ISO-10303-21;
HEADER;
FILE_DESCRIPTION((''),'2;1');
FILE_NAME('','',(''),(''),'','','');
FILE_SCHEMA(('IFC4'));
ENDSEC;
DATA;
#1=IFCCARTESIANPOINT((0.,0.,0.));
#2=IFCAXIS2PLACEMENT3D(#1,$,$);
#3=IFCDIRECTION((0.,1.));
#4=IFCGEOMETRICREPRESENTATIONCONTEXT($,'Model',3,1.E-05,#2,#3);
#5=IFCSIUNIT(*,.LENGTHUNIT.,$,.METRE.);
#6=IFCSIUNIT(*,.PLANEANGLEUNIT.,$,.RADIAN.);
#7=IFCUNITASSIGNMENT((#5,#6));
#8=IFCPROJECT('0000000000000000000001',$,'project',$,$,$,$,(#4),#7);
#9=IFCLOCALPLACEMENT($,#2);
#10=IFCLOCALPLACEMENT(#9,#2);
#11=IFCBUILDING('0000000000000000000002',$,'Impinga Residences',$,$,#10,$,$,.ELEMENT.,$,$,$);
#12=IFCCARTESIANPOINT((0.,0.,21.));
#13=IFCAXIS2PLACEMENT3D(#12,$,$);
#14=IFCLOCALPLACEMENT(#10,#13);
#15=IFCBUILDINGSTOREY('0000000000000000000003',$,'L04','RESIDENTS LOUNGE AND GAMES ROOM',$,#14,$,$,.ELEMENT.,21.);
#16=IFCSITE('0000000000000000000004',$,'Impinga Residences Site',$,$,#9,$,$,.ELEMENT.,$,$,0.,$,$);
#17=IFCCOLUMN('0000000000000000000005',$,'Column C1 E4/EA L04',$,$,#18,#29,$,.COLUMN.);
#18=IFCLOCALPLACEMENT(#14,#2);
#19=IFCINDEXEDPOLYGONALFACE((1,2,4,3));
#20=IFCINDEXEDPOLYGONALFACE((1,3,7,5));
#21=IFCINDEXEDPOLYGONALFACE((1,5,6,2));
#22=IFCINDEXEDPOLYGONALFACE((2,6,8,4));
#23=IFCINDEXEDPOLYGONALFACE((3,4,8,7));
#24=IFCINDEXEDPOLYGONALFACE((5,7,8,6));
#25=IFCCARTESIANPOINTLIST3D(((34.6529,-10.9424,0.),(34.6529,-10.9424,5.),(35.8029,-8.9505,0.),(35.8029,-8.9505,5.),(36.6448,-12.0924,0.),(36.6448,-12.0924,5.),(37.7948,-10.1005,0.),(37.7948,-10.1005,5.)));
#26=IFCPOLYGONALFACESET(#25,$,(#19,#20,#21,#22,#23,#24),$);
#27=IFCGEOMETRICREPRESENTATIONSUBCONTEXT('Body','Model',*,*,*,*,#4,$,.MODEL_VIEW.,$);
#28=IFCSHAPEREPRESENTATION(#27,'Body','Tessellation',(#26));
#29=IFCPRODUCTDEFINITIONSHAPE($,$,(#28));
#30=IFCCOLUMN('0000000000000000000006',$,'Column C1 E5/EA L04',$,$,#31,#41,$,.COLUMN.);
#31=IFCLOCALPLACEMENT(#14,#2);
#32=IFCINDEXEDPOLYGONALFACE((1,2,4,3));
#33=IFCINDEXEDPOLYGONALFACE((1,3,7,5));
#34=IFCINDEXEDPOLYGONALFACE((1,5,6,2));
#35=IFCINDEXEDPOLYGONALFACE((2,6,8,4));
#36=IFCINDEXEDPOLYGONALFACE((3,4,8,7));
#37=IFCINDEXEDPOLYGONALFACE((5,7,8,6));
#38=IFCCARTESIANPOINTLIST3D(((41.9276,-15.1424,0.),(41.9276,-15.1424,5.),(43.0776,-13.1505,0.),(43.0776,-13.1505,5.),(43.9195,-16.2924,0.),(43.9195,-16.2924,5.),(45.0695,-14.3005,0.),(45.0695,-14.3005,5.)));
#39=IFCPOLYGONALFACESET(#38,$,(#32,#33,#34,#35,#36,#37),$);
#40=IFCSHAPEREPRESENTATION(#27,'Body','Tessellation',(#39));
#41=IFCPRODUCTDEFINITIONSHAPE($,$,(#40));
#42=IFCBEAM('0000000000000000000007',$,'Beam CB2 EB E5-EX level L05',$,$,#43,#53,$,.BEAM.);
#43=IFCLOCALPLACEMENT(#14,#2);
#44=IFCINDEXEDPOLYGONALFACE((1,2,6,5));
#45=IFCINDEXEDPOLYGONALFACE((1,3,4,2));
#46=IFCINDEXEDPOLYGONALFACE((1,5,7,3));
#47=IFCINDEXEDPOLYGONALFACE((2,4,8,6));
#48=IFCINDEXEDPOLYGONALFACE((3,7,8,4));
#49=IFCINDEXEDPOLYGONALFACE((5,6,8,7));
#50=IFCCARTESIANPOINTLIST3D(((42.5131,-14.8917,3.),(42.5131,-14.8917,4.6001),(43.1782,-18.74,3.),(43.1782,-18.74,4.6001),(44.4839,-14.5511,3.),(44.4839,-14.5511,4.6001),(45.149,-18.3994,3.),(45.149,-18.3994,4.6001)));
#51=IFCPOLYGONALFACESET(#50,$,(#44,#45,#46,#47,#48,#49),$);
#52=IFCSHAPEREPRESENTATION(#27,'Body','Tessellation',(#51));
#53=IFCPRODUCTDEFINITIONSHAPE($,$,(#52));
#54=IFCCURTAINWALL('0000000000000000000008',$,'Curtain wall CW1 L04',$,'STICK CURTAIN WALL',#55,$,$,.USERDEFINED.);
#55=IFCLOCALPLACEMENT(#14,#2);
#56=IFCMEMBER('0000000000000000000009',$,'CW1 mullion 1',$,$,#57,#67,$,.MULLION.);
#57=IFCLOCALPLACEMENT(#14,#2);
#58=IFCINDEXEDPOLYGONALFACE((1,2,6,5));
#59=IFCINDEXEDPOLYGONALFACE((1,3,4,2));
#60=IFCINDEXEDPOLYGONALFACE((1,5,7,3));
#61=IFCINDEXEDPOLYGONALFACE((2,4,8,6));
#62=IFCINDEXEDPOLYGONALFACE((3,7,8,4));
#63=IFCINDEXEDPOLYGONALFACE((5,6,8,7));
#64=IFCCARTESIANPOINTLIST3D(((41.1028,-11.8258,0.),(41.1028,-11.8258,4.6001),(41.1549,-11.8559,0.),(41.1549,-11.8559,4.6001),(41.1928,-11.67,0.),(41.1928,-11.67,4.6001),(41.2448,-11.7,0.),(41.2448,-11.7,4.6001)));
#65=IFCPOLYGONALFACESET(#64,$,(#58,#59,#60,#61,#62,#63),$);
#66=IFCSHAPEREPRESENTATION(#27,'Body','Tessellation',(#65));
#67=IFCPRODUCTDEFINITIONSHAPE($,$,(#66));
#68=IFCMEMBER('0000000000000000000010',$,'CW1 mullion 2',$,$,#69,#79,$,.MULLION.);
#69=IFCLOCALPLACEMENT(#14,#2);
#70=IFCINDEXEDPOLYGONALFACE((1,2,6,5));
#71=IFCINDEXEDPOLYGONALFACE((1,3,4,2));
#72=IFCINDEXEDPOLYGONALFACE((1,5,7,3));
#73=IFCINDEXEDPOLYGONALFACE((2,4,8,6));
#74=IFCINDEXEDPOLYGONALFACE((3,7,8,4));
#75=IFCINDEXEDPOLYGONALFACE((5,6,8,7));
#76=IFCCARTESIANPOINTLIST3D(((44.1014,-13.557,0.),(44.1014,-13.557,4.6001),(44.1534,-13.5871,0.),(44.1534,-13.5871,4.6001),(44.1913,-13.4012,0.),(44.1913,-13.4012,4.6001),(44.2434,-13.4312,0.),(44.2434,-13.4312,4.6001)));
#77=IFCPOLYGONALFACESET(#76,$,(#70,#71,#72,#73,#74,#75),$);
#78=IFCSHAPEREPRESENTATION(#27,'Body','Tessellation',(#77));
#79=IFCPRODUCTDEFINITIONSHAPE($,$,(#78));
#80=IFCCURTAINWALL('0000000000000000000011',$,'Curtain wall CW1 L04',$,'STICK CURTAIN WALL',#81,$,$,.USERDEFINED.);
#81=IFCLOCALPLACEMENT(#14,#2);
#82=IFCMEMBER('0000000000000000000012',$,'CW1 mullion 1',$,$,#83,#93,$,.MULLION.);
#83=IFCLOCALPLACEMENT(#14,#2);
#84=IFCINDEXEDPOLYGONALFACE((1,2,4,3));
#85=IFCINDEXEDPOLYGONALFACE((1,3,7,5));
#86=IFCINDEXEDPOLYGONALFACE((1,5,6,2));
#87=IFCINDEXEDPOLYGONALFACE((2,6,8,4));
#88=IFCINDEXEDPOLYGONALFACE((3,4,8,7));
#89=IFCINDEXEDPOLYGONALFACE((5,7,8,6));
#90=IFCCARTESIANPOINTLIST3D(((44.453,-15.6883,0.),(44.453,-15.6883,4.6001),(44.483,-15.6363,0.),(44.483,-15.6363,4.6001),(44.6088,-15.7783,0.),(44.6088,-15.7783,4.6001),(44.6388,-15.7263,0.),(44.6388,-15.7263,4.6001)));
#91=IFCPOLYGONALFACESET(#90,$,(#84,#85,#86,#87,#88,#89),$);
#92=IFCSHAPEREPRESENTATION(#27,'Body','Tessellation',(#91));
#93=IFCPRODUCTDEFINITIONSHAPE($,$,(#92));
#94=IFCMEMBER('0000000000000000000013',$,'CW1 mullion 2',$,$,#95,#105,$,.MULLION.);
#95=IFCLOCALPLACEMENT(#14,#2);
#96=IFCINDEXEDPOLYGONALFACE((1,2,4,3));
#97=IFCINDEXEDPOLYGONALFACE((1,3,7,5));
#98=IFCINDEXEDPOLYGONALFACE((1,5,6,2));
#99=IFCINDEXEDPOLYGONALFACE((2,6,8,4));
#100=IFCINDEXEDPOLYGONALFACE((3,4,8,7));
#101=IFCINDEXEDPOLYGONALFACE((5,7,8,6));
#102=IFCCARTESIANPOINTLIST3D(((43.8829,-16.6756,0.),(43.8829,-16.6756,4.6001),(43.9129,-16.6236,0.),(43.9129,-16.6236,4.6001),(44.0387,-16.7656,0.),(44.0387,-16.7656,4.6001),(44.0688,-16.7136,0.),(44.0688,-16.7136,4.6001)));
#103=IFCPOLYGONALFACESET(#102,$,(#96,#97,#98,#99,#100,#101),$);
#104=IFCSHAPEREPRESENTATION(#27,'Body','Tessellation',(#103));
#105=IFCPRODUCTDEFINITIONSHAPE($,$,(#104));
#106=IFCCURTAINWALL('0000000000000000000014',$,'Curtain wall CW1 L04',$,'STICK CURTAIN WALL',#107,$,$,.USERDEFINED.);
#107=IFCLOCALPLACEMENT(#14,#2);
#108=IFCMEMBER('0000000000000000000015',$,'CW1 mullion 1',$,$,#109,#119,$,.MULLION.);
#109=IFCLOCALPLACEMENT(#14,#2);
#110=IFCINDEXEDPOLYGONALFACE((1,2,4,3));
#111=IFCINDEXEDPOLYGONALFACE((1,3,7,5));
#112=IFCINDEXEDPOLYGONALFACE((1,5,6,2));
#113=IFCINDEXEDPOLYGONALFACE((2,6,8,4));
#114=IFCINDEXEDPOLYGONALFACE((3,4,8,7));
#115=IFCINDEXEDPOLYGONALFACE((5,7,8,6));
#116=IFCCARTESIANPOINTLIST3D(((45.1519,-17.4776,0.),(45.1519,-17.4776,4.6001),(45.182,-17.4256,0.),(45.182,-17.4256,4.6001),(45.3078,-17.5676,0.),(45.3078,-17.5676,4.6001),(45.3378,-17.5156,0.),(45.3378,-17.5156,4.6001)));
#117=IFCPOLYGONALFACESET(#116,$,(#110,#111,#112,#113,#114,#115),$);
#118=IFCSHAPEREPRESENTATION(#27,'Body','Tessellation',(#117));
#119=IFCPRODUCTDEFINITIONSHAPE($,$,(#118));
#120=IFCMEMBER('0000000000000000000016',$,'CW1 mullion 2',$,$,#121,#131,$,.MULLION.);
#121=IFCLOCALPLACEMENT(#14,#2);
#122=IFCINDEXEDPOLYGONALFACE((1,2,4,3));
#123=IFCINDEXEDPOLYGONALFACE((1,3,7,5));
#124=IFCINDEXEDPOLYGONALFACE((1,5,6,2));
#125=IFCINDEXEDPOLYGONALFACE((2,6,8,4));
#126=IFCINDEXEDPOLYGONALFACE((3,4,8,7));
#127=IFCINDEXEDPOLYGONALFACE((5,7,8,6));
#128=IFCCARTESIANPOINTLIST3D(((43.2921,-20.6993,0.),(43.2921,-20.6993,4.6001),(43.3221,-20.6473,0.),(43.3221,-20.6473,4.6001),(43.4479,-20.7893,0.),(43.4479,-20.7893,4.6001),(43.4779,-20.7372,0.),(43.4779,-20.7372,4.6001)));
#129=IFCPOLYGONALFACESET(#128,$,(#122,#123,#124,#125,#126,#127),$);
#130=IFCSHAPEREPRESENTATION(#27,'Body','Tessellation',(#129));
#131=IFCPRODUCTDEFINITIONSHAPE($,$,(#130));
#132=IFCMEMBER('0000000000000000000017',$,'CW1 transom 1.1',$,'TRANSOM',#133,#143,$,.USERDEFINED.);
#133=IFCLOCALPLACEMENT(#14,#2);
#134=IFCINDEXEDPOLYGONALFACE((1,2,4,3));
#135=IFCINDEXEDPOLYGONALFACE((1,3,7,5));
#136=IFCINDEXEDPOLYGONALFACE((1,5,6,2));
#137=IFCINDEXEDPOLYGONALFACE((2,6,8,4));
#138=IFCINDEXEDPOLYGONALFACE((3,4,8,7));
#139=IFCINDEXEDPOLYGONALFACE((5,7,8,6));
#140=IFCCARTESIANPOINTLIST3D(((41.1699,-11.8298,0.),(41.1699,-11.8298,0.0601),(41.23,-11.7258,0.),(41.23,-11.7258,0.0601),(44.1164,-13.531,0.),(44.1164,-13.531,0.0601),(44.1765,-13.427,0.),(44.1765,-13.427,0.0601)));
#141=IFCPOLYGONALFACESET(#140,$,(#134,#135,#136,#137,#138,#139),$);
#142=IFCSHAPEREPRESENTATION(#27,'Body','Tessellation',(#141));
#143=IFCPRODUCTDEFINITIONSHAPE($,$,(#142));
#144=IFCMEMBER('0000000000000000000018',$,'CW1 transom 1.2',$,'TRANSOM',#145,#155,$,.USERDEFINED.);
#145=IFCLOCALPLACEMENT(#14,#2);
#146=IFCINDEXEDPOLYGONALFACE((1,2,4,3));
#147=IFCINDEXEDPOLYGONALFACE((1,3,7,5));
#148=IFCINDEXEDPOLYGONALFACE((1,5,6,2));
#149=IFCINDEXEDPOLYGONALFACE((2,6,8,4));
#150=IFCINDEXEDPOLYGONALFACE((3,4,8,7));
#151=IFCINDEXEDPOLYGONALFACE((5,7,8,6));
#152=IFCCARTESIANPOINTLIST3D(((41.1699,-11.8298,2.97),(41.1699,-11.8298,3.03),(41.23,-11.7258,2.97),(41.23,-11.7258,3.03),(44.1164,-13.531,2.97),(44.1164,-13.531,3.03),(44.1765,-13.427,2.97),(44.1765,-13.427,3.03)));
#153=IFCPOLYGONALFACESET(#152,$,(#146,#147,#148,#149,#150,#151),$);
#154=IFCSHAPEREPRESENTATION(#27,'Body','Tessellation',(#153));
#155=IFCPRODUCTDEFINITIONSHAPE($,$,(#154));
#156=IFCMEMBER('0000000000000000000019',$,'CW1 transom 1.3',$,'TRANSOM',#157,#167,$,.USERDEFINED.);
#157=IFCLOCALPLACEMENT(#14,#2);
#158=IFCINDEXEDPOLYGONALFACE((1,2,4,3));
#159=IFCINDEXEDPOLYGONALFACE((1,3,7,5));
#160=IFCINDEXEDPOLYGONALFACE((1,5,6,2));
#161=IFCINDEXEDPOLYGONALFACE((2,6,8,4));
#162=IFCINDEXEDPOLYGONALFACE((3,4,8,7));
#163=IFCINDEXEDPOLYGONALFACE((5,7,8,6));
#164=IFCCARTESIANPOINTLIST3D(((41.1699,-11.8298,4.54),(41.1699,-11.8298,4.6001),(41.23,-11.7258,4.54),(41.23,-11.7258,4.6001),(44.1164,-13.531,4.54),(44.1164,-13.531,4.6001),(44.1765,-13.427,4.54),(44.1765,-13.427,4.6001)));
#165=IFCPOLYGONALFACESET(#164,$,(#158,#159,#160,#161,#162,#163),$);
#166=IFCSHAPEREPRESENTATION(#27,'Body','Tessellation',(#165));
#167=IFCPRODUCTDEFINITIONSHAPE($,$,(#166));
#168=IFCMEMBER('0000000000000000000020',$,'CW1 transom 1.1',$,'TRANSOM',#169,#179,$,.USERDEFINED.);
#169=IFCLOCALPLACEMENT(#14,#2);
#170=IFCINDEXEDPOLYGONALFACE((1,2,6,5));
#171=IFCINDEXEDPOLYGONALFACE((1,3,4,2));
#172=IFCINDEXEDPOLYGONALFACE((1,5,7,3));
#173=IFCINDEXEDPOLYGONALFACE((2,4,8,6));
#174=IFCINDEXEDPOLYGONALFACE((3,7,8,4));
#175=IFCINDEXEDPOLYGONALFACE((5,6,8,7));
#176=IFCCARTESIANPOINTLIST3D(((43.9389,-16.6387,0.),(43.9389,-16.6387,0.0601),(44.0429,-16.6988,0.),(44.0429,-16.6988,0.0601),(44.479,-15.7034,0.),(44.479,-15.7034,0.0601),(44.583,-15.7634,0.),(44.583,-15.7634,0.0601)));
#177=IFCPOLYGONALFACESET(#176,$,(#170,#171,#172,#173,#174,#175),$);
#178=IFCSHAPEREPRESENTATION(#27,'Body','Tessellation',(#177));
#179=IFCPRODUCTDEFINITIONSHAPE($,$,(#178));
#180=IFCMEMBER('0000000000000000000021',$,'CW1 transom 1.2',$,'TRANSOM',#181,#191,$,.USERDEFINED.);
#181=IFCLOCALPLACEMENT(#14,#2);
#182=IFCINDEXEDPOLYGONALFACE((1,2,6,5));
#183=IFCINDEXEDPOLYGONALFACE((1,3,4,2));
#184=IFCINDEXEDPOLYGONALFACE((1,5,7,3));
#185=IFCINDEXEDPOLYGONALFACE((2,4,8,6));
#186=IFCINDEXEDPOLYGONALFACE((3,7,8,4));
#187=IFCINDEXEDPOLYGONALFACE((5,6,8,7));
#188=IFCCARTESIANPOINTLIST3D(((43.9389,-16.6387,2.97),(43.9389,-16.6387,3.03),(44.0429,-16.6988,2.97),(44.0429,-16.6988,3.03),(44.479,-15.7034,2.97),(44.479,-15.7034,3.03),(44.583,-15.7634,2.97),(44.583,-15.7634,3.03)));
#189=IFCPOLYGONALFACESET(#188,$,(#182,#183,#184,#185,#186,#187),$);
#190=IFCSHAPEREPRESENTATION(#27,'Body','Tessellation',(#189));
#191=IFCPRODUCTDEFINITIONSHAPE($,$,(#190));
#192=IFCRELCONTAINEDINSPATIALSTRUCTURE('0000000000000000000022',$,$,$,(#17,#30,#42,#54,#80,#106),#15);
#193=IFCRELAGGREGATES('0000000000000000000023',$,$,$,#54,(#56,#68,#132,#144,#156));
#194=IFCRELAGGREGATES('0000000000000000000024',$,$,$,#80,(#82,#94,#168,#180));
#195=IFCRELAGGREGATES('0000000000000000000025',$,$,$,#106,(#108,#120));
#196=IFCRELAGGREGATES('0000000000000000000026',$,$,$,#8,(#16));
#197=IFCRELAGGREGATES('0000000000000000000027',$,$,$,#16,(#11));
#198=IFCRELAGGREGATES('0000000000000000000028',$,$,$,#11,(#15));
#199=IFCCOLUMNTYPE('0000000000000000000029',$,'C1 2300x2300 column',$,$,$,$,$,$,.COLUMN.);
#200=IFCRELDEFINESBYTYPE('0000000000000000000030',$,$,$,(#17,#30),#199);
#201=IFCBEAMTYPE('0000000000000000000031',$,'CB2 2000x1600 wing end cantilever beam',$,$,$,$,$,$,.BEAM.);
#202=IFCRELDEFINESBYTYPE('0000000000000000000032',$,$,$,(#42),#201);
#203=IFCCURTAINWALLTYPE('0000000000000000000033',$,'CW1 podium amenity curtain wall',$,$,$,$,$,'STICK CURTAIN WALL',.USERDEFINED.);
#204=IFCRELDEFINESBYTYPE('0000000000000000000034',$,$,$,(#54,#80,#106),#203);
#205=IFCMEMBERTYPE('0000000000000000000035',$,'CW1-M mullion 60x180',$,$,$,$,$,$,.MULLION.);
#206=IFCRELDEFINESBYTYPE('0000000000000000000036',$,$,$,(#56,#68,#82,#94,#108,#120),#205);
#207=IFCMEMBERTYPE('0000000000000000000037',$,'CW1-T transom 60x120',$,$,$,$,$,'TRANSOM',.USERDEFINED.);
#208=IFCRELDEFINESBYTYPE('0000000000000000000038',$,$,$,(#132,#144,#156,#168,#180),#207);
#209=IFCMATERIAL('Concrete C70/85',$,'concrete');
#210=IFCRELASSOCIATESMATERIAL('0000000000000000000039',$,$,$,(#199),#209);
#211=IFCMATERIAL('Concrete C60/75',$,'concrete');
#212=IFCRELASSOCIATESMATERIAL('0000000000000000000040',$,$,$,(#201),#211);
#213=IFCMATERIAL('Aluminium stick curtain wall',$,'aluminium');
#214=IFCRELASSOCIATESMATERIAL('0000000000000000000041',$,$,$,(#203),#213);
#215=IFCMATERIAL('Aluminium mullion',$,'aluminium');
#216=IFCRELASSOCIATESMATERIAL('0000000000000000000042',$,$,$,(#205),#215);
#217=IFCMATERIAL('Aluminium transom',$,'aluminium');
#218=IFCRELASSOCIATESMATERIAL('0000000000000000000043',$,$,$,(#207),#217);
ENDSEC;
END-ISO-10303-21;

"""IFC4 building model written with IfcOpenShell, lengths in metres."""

from ifc_helpers import new_model, si_unit, direction, frame, origin, origin_2d, place, context, subcontext, project, spatial, rectangle, extrude, material, material_profile, profile_set, type_object, element, aggregate, save


model = new_model("IFC4")

# Units and contexts
model_context = context("Model", 3, precision=1e-05, world=origin(), true_north=direction((0.0, 1.0)))
body_context = subcontext(model_context, "Body", "Model", "MODEL_VIEW")
ifc_project = project(units=[si_unit("LENGTHUNIT", "METRE"), si_unit("PLANEANGLEUNIT", "RADIAN")], contexts=[model_context])

# Site, building, storey
site_placement = place(None, origin())
site = spatial("IfcSite", under=ifc_project, at=site_placement, Name="Impinga Residences Site", CompositionType="ELEMENT", RefElevation=0.0)
building_placement = place(site_placement, origin())
building = spatial("IfcBuilding", under=site, at=building_placement, Name="Impinga Residences", CompositionType="ELEMENT")
storey_placement = place(building_placement, frame((0.0, 0.0, 21.0)))
storey = spatial("IfcBuildingStorey", under=building, at=storey_placement, Name="L04", Description="RESIDENTS LOUNGE AND GAMES ROOM", CompositionType="ELEMENT", Elevation=21.0)

# Columns
ifc_material_1 = material(Name="Concrete C70/85", Category="concrete")
ifc_material_profile_1 = material_profile(ifc_material_1, rectangle(XDim=2.3, YDim=2.3, at=origin_2d()), Name="RC 2300x2300")
ifc_profile_set_1 = profile_set([ifc_material_profile_1], Name="Concrete C70/85")
column_type = type_object("IfcColumnType", Name="C1 2300x2300 column", PredefinedType="COLUMN", material=ifc_profile_set_1)
for number, where, z_axis, x_axis, name in (
    (1, (36.2239, -10.5215, 0.0), (0.0, 0.0, 1.0), (-0.5, -0.866025, 0.0), "Column C1 E4/EA L04"),
    (2, (43.4985, -14.7214, 0.0), (0.0, 0.0, 1.0), (-0.5, -0.866025, 0.0), "Column C1 E5/EA L04"),
):
    element("IfcColumn", number, at=place(storey_placement, frame(where, z_axis=z_axis, x_axis=x_axis)), inside=storey, type_object=column_type, Name=name, PredefinedType="COLUMN", context=body_context, shape_type="SweptSolid", body=[
        extrude(rectangle(XDim=2.3, YDim=2.3, at=origin_2d()), origin(), (0.0, 0.0, 1.0), 5.0),
    ])

# Beam
ifc_material_2 = material(Name="Concrete C60/75", Category="concrete")
ifc_material_profile_2 = material_profile(ifc_material_2, rectangle(XDim=2.0, YDim=1.6001, at=origin_2d()), Name="RC 2000x1600")
ifc_profile_set_2 = profile_set([ifc_material_profile_2], Name="Concrete C60/75")
beam_type_1 = type_object("IfcBeamType", Name="CB2 2000x1600 wing end cantilever beam", PredefinedType="BEAM", material=ifc_profile_set_2)
beam_1_placement = place(storey_placement, frame((43.4985, -14.7214, 3.8), z_axis=(0.170296, -0.985393, 0.0), x_axis=(0.985393, 0.170296, 0.0)))
element("IfcBeam", 3, at=beam_1_placement, inside=storey, type_object=beam_type_1, Name="Beam CB2 EB E5-EX level L05", PredefinedType="BEAM", context=body_context, shape_type="SweptSolid", body=[
    extrude(rectangle(XDim=2.0, YDim=1.6001, at=origin_2d()), origin(), (0.0, 0.0, 1.0), 3.9053),
])

# Curtain walls, members
ifc_material_3 = material(Name="Aluminium stick curtain wall", Category="aluminium")
curtain_wall_type = type_object("IfcCurtainWallType", Name="CW1 podium amenity curtain wall", ElementType="STICK CURTAIN WALL", PredefinedType="USERDEFINED", material=ifc_material_3)
curtain_wall_1_placement = place(storey_placement, origin())
curtain_wall_1 = element("IfcCurtainWall", 4, at=curtain_wall_1_placement, inside=storey, type_object=curtain_wall_type, Name="Curtain wall CW1 L04", ObjectType="STICK CURTAIN WALL", PredefinedType="USERDEFINED")
ifc_material_4 = material(Name="Aluminium mullion", Category="aluminium")
ifc_material_profile_3 = material_profile(ifc_material_4, rectangle(XDim=0.0601, YDim=0.1799, at=origin_2d()), Name="60x180 mullion")
ifc_profile_set_3 = profile_set([ifc_material_profile_3], Name="Aluminium mullion")
member_type_1 = type_object("IfcMemberType", Name="CW1-M mullion 60x180", PredefinedType="MULLION", material=ifc_profile_set_3)
member_1_placement = place(storey_placement, frame((41.1738, -11.7629, 0.0), z_axis=(0.0, 0.0, 1.0), x_axis=(0.866026, -0.5, 0.0)))
member_1 = element("IfcMember", 5, at=member_1_placement, type_object=member_type_1, Name="CW1 mullion 1", PredefinedType="MULLION", context=body_context, shape_type="SweptSolid", body=[
    extrude(rectangle(XDim=0.0601, YDim=0.1799, at=origin_2d()), origin(), (0.0, 0.0, 1.0), 4.6001),
])
member_2_placement = place(storey_placement, frame((44.1724, -13.4941, 0.0), z_axis=(0.0, 0.0, 1.0), x_axis=(0.866026, -0.5, 0.0)))
member_2 = element("IfcMember", 6, at=member_2_placement, type_object=member_type_1, Name="CW1 mullion 2", PredefinedType="MULLION", context=body_context, shape_type="SweptSolid", body=[
    extrude(rectangle(XDim=0.0601, YDim=0.1799, at=origin_2d()), origin(), (0.0, 0.0, 1.0), 4.6001),
])
curtain_wall_2_placement = place(storey_placement, origin())
curtain_wall_2 = element("IfcCurtainWall", 7, at=curtain_wall_2_placement, inside=storey, type_object=curtain_wall_type, Name="Curtain wall CW1 L04", ObjectType="STICK CURTAIN WALL", PredefinedType="USERDEFINED")
member_3_placement = place(storey_placement, frame((44.5459, -15.7073, 0.0), z_axis=(0.0, 0.0, 1.0), x_axis=(-0.5, -0.866025, 0.0)))
member_3 = element("IfcMember", 8, at=member_3_placement, type_object=member_type_1, Name="CW1 mullion 1", PredefinedType="MULLION", context=body_context, shape_type="SweptSolid", body=[
    extrude(rectangle(XDim=0.0601, YDim=0.1799, at=origin_2d()), origin(), (0.0, 0.0, 1.0), 4.6001),
])
member_4_placement = place(storey_placement, frame((43.9758, -16.6946, 0.0), z_axis=(0.0, 0.0, 1.0), x_axis=(-0.5, -0.866025, 0.0)))
member_4 = element("IfcMember", 9, at=member_4_placement, type_object=member_type_1, Name="CW1 mullion 2", PredefinedType="MULLION", context=body_context, shape_type="SweptSolid", body=[
    extrude(rectangle(XDim=0.0601, YDim=0.1799, at=origin_2d()), origin(), (0.0, 0.0, 1.0), 4.6001),
])
curtain_wall_3_placement = place(storey_placement, origin())
curtain_wall_3 = element("IfcCurtainWall", 10, at=curtain_wall_3_placement, inside=storey, type_object=curtain_wall_type, Name="Curtain wall CW1 L04", ObjectType="STICK CURTAIN WALL", PredefinedType="USERDEFINED")
member_5_placement = place(storey_placement, frame((45.2449, -17.4966, 0.0), z_axis=(0.0, 0.0, 1.0), x_axis=(-0.5, -0.866025, 0.0)))
member_5 = element("IfcMember", 11, at=member_5_placement, type_object=member_type_1, Name="CW1 mullion 1", PredefinedType="MULLION", context=body_context, shape_type="SweptSolid", body=[
    extrude(rectangle(XDim=0.0601, YDim=0.1799, at=origin_2d()), origin(), (0.0, 0.0, 1.0), 4.6001),
])
member_6_placement = place(storey_placement, frame((43.385, -20.7183, 0.0), z_axis=(0.0, 0.0, 1.0), x_axis=(-0.5, -0.866025, 0.0)))
member_6 = element("IfcMember", 12, at=member_6_placement, type_object=member_type_1, Name="CW1 mullion 2", PredefinedType="MULLION", context=body_context, shape_type="SweptSolid", body=[
    extrude(rectangle(XDim=0.0601, YDim=0.1799, at=origin_2d()), origin(), (0.0, 0.0, 1.0), 4.6001),
])

# Members
ifc_material_5 = material(Name="Aluminium transom", Category="aluminium")
ifc_material_profile_4 = material_profile(ifc_material_5, rectangle(XDim=0.0601, YDim=0.1201, at=origin_2d()), Name="60x120 transom")
ifc_profile_set_4 = profile_set([ifc_material_profile_4], Name="Aluminium transom")
member_type_2 = type_object("IfcMemberType", Name="CW1-T transom 60x120", ElementType="TRANSOM", PredefinedType="USERDEFINED", material=ifc_profile_set_4)
member_7_placement = place(storey_placement, frame((41.2, -11.7778, 0.03), z_axis=(0.866027, -0.499998, 0.0), x_axis=(0.0, 0.0, 1.0)))
member_7 = element("IfcMember", 13, at=member_7_placement, type_object=member_type_2, Name="CW1 transom 1.1", ObjectType="TRANSOM", PredefinedType="USERDEFINED", context=body_context, shape_type="SweptSolid", body=[
    extrude(rectangle(XDim=0.0601, YDim=0.1201, at=origin_2d()), origin(), (0.0, 0.0, 1.0), 3.4023),
])
member_8_placement = place(storey_placement, frame((41.2, -11.7778, 3.0), z_axis=(0.866027, -0.499998, 0.0), x_axis=(0.0, 0.0, 1.0)))
member_8 = element("IfcMember", 14, at=member_8_placement, type_object=member_type_2, Name="CW1 transom 1.2", ObjectType="TRANSOM", PredefinedType="USERDEFINED", context=body_context, shape_type="SweptSolid", body=[
    extrude(rectangle(XDim=0.0601, YDim=0.1201, at=origin_2d()), origin(), (0.0, 0.0, 1.0), 3.4023),
])
member_9_placement = place(storey_placement, frame((41.2, -11.7778, 4.5701), z_axis=(0.866027, -0.499998, 0.0), x_axis=(0.0, 0.0, 1.0)))
member_9 = element("IfcMember", 15, at=member_9_placement, type_object=member_type_2, Name="CW1 transom 1.3", ObjectType="TRANSOM", PredefinedType="USERDEFINED", context=body_context, shape_type="SweptSolid", body=[
    extrude(rectangle(XDim=0.0601, YDim=0.1201, at=origin_2d()), origin(), (0.0, 0.0, 1.0), 3.4023),
])
member_10_placement = place(storey_placement, frame((44.531, -15.7334, 0.03), z_axis=(-0.500029, -0.866009, 0.0), x_axis=(0.0, 0.0, 1.0)))
member_10 = element("IfcMember", 16, at=member_10_placement, type_object=member_type_2, Name="CW1 transom 1.1", ObjectType="TRANSOM", PredefinedType="USERDEFINED", context=body_context, shape_type="SweptSolid", body=[
    extrude(rectangle(XDim=0.0601, YDim=0.1201, at=origin_2d()), origin(), (0.0, 0.0, 1.0), 1.0801),
])
member_11_placement = place(storey_placement, frame((44.531, -15.7334, 3.0), z_axis=(-0.500029, -0.866009, 0.0), x_axis=(0.0, 0.0, 1.0)))
member_11 = element("IfcMember", 17, at=member_11_placement, type_object=member_type_2, Name="CW1 transom 1.2", ObjectType="TRANSOM", PredefinedType="USERDEFINED", context=body_context, shape_type="SweptSolid", body=[
    extrude(rectangle(XDim=0.0601, YDim=0.1201, at=origin_2d()), origin(), (0.0, 0.0, 1.0), 1.0801),
])

aggregate(curtain_wall_1, [member_1, member_2, member_7, member_8, member_9])
aggregate(curtain_wall_2, [member_3, member_4, member_10, member_11])
aggregate(curtain_wall_3, [member_5, member_6])

save(model, "model.ifc")
